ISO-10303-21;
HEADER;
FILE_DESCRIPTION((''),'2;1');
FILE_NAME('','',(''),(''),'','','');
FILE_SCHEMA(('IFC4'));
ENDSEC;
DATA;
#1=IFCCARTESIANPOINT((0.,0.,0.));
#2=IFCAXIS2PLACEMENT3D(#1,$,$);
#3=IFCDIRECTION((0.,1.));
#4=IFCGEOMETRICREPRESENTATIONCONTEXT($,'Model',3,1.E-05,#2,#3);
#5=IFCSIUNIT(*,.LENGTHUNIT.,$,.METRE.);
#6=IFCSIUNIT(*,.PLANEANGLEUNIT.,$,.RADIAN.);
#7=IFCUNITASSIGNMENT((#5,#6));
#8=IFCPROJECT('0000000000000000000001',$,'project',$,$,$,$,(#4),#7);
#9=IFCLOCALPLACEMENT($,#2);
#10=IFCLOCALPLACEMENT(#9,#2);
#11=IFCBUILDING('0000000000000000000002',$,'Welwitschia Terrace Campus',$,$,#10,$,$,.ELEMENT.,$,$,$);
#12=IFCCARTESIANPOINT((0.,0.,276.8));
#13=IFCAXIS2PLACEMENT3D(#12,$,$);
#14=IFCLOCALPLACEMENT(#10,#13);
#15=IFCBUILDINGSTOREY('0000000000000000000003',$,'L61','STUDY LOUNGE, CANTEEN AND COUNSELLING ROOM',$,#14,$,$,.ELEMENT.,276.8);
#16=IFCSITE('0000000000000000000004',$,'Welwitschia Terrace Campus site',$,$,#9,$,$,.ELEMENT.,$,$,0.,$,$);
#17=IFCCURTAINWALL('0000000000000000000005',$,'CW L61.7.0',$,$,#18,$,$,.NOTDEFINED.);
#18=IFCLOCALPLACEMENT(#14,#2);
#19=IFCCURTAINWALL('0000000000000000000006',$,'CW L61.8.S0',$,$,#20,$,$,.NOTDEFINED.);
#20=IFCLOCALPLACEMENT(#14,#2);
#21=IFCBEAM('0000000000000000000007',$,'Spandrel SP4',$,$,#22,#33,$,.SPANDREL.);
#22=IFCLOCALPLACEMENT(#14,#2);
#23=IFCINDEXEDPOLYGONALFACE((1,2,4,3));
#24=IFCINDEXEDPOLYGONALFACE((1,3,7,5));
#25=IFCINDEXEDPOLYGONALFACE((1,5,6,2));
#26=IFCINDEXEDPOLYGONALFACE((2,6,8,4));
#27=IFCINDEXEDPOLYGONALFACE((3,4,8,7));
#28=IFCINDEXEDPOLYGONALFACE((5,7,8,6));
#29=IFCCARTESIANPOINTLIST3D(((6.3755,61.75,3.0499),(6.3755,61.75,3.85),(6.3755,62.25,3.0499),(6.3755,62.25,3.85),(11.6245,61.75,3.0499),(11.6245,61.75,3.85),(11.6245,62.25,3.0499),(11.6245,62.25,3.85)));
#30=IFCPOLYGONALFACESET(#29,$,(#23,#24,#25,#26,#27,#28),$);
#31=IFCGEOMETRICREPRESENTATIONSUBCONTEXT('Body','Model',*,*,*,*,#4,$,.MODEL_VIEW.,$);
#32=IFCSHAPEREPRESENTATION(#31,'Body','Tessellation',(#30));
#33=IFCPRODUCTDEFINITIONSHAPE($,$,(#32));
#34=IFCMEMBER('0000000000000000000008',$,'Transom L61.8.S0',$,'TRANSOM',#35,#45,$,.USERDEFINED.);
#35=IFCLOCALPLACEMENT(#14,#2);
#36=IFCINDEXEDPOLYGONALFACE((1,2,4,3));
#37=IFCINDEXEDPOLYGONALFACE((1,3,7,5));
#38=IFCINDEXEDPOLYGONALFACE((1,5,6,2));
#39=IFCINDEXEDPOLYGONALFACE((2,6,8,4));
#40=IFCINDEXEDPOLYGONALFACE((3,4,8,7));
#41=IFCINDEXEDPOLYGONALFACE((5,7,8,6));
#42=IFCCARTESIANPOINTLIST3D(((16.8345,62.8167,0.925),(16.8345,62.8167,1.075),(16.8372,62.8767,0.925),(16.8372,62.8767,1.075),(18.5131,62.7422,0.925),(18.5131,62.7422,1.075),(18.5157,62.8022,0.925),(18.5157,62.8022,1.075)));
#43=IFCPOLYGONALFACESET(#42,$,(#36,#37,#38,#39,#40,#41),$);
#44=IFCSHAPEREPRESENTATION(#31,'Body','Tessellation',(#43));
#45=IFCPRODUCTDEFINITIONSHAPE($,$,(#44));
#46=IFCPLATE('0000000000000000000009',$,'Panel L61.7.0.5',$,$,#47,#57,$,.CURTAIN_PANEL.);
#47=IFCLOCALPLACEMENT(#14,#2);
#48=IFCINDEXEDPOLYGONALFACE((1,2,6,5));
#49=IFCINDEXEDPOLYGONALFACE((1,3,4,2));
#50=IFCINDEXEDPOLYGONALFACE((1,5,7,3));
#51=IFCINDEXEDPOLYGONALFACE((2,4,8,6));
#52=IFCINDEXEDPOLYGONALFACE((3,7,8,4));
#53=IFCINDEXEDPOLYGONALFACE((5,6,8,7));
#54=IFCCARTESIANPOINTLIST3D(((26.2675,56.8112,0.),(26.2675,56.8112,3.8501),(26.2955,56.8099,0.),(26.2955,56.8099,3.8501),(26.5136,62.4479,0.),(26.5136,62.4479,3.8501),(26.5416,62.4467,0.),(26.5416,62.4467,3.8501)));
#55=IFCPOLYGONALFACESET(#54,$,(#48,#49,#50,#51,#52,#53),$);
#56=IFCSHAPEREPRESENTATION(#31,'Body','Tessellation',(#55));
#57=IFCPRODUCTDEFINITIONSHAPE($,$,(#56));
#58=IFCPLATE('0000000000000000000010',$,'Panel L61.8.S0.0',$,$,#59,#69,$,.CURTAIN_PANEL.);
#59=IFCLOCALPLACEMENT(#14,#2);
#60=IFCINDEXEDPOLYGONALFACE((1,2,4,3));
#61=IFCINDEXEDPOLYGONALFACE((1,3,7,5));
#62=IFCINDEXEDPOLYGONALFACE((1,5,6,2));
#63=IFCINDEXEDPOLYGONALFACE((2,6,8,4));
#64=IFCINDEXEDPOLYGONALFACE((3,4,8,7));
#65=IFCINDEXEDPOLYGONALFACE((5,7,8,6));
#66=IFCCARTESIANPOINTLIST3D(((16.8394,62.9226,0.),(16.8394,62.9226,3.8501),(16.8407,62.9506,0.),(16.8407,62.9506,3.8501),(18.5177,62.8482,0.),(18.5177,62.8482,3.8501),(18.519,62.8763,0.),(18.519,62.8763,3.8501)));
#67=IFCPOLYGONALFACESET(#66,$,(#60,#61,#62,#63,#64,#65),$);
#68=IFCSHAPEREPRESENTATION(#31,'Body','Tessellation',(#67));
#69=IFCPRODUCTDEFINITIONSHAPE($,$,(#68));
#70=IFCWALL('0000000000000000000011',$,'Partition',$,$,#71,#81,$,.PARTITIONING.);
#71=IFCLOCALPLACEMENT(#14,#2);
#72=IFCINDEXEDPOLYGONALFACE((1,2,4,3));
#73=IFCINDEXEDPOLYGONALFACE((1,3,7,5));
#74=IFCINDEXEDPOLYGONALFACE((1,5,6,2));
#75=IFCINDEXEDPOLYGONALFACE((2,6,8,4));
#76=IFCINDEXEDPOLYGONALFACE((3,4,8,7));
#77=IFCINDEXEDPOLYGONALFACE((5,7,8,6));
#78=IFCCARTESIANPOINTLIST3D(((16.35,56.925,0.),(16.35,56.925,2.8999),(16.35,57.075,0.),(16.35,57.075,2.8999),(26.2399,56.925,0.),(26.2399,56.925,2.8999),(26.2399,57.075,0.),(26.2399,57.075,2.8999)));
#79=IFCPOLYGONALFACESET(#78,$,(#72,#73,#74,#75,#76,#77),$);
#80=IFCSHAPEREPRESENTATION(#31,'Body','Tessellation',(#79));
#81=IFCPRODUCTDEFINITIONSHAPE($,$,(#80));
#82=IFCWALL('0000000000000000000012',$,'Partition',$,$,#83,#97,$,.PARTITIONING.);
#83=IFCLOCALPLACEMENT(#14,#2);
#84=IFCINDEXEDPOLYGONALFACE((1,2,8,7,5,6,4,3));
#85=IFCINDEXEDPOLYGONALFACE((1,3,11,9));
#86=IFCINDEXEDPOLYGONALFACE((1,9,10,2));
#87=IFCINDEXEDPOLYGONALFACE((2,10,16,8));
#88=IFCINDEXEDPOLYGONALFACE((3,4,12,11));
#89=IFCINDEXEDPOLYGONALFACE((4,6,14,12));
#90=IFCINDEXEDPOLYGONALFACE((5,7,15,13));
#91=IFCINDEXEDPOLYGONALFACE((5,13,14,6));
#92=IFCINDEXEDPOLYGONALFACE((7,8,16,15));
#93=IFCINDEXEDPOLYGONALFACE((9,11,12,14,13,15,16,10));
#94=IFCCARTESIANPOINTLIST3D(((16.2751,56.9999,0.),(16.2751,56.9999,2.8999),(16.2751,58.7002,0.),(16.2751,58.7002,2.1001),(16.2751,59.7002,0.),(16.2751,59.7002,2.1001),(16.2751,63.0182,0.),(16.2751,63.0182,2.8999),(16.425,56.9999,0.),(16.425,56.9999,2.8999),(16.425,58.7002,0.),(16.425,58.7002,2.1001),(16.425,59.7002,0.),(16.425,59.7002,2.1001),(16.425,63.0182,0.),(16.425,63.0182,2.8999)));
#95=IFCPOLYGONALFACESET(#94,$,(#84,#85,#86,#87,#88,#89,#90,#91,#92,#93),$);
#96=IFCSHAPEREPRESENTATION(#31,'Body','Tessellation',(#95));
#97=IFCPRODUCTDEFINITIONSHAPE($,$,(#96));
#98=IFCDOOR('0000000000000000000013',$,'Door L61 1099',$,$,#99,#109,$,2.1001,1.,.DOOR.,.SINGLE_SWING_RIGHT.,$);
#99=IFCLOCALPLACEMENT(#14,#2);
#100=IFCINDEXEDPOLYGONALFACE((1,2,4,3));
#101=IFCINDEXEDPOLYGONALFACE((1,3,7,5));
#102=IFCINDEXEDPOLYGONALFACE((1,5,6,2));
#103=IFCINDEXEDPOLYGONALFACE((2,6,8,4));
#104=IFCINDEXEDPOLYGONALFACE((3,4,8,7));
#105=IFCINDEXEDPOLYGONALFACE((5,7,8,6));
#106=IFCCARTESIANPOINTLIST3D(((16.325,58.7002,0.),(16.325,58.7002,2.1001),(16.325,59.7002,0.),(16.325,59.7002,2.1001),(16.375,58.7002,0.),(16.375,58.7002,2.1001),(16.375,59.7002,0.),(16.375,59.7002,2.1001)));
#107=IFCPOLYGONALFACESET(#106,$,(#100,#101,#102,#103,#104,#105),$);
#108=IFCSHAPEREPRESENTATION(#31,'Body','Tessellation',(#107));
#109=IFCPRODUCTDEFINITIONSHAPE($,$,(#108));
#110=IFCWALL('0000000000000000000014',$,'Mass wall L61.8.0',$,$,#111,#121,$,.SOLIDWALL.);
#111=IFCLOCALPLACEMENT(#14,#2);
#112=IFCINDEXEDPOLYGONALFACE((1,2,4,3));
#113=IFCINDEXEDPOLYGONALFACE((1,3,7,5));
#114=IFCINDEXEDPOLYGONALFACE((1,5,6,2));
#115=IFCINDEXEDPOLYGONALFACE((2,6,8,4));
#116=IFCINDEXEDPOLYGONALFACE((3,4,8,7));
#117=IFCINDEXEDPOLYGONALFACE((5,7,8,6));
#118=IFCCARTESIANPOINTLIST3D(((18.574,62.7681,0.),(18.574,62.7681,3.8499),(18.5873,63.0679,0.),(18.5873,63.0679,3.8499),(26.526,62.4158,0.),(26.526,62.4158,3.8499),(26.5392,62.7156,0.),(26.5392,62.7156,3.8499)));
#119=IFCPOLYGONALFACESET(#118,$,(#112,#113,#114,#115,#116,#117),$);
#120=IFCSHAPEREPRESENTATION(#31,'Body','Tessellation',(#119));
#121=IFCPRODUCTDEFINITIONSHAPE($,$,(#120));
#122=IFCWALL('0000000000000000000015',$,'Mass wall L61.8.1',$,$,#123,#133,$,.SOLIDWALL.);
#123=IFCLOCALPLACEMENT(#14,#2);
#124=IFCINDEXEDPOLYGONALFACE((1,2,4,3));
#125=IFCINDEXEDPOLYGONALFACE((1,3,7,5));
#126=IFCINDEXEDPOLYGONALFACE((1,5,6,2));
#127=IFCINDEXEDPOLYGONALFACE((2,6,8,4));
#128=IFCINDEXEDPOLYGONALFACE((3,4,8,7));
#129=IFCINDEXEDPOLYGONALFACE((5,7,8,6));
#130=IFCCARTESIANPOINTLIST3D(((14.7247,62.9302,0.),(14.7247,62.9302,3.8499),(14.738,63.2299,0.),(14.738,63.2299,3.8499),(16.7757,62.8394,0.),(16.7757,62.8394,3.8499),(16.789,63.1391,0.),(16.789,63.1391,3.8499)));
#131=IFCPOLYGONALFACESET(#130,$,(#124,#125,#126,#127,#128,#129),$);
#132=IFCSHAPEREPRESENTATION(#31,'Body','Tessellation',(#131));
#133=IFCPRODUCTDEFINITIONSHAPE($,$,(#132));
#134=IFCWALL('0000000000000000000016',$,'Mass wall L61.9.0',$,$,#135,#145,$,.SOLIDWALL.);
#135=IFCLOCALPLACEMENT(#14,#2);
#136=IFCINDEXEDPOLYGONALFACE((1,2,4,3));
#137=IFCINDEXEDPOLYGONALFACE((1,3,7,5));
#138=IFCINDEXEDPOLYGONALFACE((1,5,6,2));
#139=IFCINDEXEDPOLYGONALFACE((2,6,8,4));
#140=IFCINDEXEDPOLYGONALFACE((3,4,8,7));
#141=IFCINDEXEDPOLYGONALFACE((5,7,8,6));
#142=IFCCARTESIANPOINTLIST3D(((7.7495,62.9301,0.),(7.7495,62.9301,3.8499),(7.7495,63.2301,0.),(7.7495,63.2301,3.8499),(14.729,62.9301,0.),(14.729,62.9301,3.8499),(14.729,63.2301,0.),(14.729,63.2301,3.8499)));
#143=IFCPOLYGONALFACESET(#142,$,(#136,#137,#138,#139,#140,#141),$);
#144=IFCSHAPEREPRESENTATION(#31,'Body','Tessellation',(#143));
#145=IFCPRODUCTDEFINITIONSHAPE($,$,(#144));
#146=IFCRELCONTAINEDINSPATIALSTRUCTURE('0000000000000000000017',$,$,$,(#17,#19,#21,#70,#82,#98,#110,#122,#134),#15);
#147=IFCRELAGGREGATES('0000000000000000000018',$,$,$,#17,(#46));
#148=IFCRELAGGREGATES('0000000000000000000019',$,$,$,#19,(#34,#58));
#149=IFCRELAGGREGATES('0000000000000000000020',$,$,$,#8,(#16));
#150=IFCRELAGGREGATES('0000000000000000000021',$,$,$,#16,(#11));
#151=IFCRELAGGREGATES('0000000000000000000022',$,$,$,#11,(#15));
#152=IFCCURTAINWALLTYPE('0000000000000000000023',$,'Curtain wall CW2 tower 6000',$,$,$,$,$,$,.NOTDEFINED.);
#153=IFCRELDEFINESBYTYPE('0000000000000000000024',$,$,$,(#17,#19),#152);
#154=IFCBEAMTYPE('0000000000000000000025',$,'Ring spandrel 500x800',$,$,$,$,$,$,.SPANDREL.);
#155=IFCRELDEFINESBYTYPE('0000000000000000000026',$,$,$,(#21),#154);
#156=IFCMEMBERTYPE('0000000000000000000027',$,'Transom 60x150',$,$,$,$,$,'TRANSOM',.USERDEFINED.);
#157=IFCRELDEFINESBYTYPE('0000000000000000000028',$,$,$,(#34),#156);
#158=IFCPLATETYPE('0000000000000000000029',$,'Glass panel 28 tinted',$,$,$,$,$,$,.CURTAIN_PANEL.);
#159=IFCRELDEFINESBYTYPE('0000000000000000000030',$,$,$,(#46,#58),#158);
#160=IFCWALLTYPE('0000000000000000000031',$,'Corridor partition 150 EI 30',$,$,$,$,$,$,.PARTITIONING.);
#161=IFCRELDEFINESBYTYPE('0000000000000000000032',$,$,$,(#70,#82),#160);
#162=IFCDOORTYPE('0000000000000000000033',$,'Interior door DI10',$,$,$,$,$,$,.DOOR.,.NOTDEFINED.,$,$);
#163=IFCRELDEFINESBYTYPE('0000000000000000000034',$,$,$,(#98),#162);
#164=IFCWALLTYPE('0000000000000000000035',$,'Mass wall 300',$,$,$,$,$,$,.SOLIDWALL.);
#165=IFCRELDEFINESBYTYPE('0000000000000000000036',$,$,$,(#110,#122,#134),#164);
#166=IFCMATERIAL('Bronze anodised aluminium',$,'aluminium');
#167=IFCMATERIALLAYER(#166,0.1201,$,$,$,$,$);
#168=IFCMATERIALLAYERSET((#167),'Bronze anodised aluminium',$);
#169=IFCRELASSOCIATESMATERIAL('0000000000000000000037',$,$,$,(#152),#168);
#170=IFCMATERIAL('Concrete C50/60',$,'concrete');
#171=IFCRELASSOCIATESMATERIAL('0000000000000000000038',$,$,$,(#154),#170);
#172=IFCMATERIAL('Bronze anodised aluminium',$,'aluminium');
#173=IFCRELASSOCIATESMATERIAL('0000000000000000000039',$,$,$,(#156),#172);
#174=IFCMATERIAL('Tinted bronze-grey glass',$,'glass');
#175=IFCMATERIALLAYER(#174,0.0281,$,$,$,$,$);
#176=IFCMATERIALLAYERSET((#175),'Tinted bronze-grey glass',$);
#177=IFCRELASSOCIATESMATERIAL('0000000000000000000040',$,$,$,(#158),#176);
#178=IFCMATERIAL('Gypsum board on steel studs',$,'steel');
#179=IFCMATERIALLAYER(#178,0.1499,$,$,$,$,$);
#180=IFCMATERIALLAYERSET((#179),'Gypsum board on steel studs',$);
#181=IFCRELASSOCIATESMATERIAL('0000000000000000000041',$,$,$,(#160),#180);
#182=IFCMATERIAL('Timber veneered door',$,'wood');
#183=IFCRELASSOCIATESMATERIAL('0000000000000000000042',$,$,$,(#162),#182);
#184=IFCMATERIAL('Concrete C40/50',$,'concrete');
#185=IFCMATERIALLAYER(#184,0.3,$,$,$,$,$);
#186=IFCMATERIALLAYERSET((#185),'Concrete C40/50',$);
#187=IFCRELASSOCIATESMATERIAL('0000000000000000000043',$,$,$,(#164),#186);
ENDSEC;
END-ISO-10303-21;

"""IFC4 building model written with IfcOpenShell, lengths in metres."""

from ifc_helpers import new_model, si_unit, direction, frame, frame_2d, origin, origin_2d, place, context, subcontext, project, spatial, rectangle, extrude, material, layer, layer_set, material_profile, profile_set, type_object, element, fill, aggregate, save


model = new_model("IFC4")

# Units and contexts
model_context = context("Model", 3, precision=1e-05, world=origin(), true_north=direction((0.0, 1.0)))
body_context = subcontext(model_context, "Body", "Model", "MODEL_VIEW")
ifc_project = project(units=[si_unit("LENGTHUNIT", "METRE"), si_unit("PLANEANGLEUNIT", "RADIAN")], contexts=[model_context])

# Site, building, storey
site_placement = place(None, origin())
site = spatial("IfcSite", under=ifc_project, at=site_placement, Name="Welwitschia Terrace Campus site", CompositionType="ELEMENT", RefElevation=0.0)
building_placement = place(site_placement, origin())
building = spatial("IfcBuilding", under=site, at=building_placement, Name="Welwitschia Terrace Campus", CompositionType="ELEMENT")
storey_placement = place(building_placement, frame((0.0, 0.0, 276.8)))
storey = spatial("IfcBuildingStorey", under=building, at=storey_placement, Name="L61", Description="STUDY LOUNGE, CANTEEN AND COUNSELLING ROOM", CompositionType="ELEMENT", Elevation=276.8)

# Curtain wall
ifc_material_1 = material(Name="Bronze anodised aluminium", Category="aluminium")
ifc_layer_1 = layer(ifc_material_1, 0.1201)
ifc_layer_set_1 = layer_set([ifc_layer_1], Name="Bronze anodised aluminium")
curtain_wall_type = type_object("IfcCurtainWallType", Name="Curtain wall CW2 tower 6000", PredefinedType="NOTDEFINED", material=ifc_layer_set_1)
curtain_wall_1_placement = place(storey_placement, origin())
curtain_wall_1 = element("IfcCurtainWall", 1, at=curtain_wall_1_placement, inside=storey, type_object=curtain_wall_type, Name="CW L61.7.0", PredefinedType="NOTDEFINED")

# Curtain wall
curtain_wall_2_placement = place(storey_placement, origin())
curtain_wall_2 = element("IfcCurtainWall", 2, at=curtain_wall_2_placement, inside=storey, type_object=curtain_wall_type, Name="CW L61.8.S0", PredefinedType="NOTDEFINED")

# Beam
ifc_material_2 = material(Name="Concrete C50/60", Category="concrete")
ifc_material_profile_1 = material_profile(ifc_material_2, rectangle(XDim=0.5, YDim=0.8, at=origin_2d()))
ifc_profile_set_1 = profile_set([ifc_material_profile_1], Name="Concrete C50/60")
beam_type_1 = type_object("IfcBeamType", Name="Ring spandrel 500x800", PredefinedType="SPANDREL", material=ifc_profile_set_1)
for number, where, z_axis, x_axis, name in (
    (3, (11.6245, 62.0, 3.45), (-1.0, 0.0, 0.0), (0.0, -1.0, 0.0), "Spandrel SP4"),
):
    element("IfcBeam", number, at=place(storey_placement, frame(where, z_axis=z_axis, x_axis=x_axis)), inside=storey, type_object=beam_type_1, Name=name, PredefinedType="SPANDREL", context=body_context, shape_type="SweptSolid", body=[
        extrude(rectangle(XDim=0.5, YDim=0.8, at=origin_2d()), origin(), (0.0, 0.0, 1.0), 5.249),
    ])

# Member
ifc_material_3 = material(Name="Bronze anodised aluminium", Category="aluminium")
ifc_material_profile_2 = material_profile(ifc_material_3, rectangle(XDim=0.0601, YDim=0.1499, at=origin_2d()))
ifc_profile_set_2 = profile_set([ifc_material_profile_2], Name="Bronze anodised aluminium")
member_type_1 = type_object("IfcMemberType", Name="Transom 60x150", ElementType="TRANSOM", PredefinedType="USERDEFINED", material=ifc_profile_set_2)
member_1_placement = place(storey_placement, frame((18.5144, 62.7722, 1.0), z_axis=(-0.999017, 0.04432, 0.0), x_axis=(-0.04432, -0.999017, 0.0)))
member_1 = element("IfcMember", 4, at=member_1_placement, type_object=member_type_1, Name="Transom L61.8.S0", ObjectType="TRANSOM", PredefinedType="USERDEFINED", context=body_context, shape_type="SweptSolid", body=[
    extrude(rectangle(XDim=0.0601, YDim=0.1499, at=origin_2d()), origin(), (0.0, 0.0, 1.0), 1.6802),
])

# Plates
ifc_material_4 = material(Name="Tinted bronze-grey glass", Category="glass")
ifc_layer_2 = layer(ifc_material_4, 0.0281)
ifc_layer_set_2 = layer_set([ifc_layer_2], Name="Tinted bronze-grey glass")
plate_type = type_object("IfcPlateType", Name="Glass panel 28 tinted", PredefinedType="CURTAIN_PANEL", material=ifc_layer_set_2)
plate_1_placement = place(storey_placement, frame((26.4045, 59.6289, 0.0), z_axis=(0.0, 0.0, 1.0), x_axis=(0.043619, 0.999048, 0.0)))
plate_1 = element("IfcPlate", 5, at=plate_1_placement, type_object=plate_type, Name="Panel L61.7.0.5", PredefinedType="CURTAIN_PANEL", context=body_context, shape_type="SweptSolid", body=[
    extrude(rectangle(XDim=5.6421, YDim=0.0281, at=origin_2d()), origin(), (0.0, 0.0, 1.0), 3.8501),
])
aggregate(curtain_wall_1, [plate_1])
plate_2_placement = place(storey_placement, frame((17.6792, 62.8994, 0.0), z_axis=(0.0, 0.0, 1.0), x_axis=(-0.99902, 0.044259, 0.0)))
plate_2 = element("IfcPlate", 6, at=plate_2_placement, type_object=plate_type, Name="Panel L61.8.S0.0", PredefinedType="CURTAIN_PANEL", context=body_context, shape_type="SweptSolid", body=[
    extrude(rectangle(XDim=1.6799, YDim=0.0281, at=origin_2d()), origin(), (0.0, 0.0, 1.0), 3.8501),
])
aggregate(curtain_wall_2, [member_1, plate_2])

# Wall
ifc_material_5 = material(Name="Gypsum board on steel studs", Category="steel")
ifc_layer_3 = layer(ifc_material_5, 0.1499)
ifc_layer_set_3 = layer_set([ifc_layer_3], Name="Gypsum board on steel studs")
wall_type_1 = type_object("IfcWallType", Name="Corridor partition 150 EI 30", PredefinedType="PARTITIONING", material=ifc_layer_set_3)
wall_1_placement = place(storey_placement, frame((16.3501, 57.0, 0.0), z_axis=(0.0, 0.0, 1.0), x_axis=(1.0, 0.0, 0.0)))
element("IfcWall", 7, at=wall_1_placement, inside=storey, type_object=wall_type_1, Name="Partition", PredefinedType="PARTITIONING", context=body_context, shape_type="SweptSolid", body=[
    extrude(rectangle(XDim=9.8899, YDim=0.1499, at=frame_2d((4.9448, 0.0))), origin(), (0.0, 0.0, 1.0), 2.8999),
])

# Wall, opening, door
wall_2_placement = place(storey_placement, frame((16.3501, 63.0183, 0.0), z_axis=(0.0, 0.0, 1.0), x_axis=(0.0, -1.0, 0.0)))
wall_2 = element("IfcWall", 8, at=wall_2_placement, inside=storey, type_object=wall_type_1, Name="Partition", PredefinedType="PARTITIONING", context=body_context, shape_type="SweptSolid", body=[
    extrude(rectangle(XDim=6.0183, YDim=0.1499, at=frame_2d((3.0093, 0.0))), origin(), (0.0, 0.0, 1.0), 2.8999),
])
opening_placement = place(wall_2_placement, frame((3.3181, 0.0, 0.0)))
opening = element("IfcOpeningElement", 9, at=opening_placement, cuts=wall_2, PredefinedType="OPENING", context=body_context, shape_type="SweptSolid", body=[
    extrude(rectangle(XDim=1.0, YDim=2.1001, at=frame_2d((0.5, 1.05))), frame((0.0, 0.085, 0.0), z_axis=(0.0, -1.0, 0.0), x_axis=(1.0, 0.0, 0.0)), (0.0, 0.0, 1.0), 0.1699),
])
ifc_material_6 = material(Name="Timber veneered door", Category="wood")
door_type = type_object("IfcDoorType", Name="Interior door DI10", OperationType="NOTDEFINED", PredefinedType="DOOR", material=ifc_material_6)
door_placement = place(opening_placement, origin())
door = element("IfcDoor", 10, at=door_placement, inside=storey, type_object=door_type, Name="Door L61 1099", OperationType="SINGLE_SWING_RIGHT", OverallHeight=2.1001, OverallWidth=1.0, PredefinedType="DOOR", context=body_context, shape_type="SweptSolid", body=[
    extrude(rectangle(XDim=1.0, YDim=2.1001, at=frame_2d((0.5, 1.05))), frame((0.0, 0.0249, 0.0), z_axis=(0.0, -1.0, 0.0), x_axis=(1.0, 0.0, 0.0)), (0.0, 0.0, 1.0), 0.05),
])
fill(opening, door)

# Walls
ifc_material_7 = material(Name="Concrete C40/50", Category="concrete")
ifc_layer_4 = layer(ifc_material_7, 0.3)
ifc_layer_set_4 = layer_set([ifc_layer_4], Name="Concrete C40/50")
wall_type_2 = type_object("IfcWallType", Name="Mass wall 300", PredefinedType="SOLIDWALL", material=ifc_layer_set_4)
wall_3_placement = place(storey_placement, frame((26.5327, 62.5657, 0.0), z_axis=(0.0, 0.0, 1.0), x_axis=(-0.99902, 0.04426, 0.0)))
element("IfcWall", 11, at=wall_3_placement, inside=storey, type_object=wall_type_2, Name="Mass wall L61.8.0", PredefinedType="SOLIDWALL", context=body_context, shape_type="SweptSolid", body=[
    extrude(rectangle(XDim=7.9597, YDim=0.3, at=frame_2d((3.98, 0.0))), origin(), (0.0, 0.0, 1.0), 3.8499),
])
wall_4_placement = place(storey_placement, frame((16.7822, 62.9893, 0.0), z_axis=(0.0, 0.0, 1.0), x_axis=(-0.999021, 0.044237, 0.0)))
element("IfcWall", 12, at=wall_4_placement, inside=storey, type_object=wall_type_2, Name="Mass wall L61.8.1", PredefinedType="SOLIDWALL", context=body_context, shape_type="SweptSolid", body=[
    extrude(rectangle(XDim=2.053, YDim=0.3, at=frame_2d((1.0264, 0.0))), origin(), (0.0, 0.0, 1.0), 3.8499),
])
wall_5_placement = place(storey_placement, frame((14.729, 63.0801, 0.0), z_axis=(0.0, 0.0, 1.0), x_axis=(-1.0, 0.0, 0.0)))
element("IfcWall", 13, at=wall_5_placement, inside=storey, type_object=wall_type_2, Name="Mass wall L61.9.0", PredefinedType="SOLIDWALL", context=body_context, shape_type="SweptSolid", body=[
    extrude(rectangle(XDim=6.9795, YDim=0.3, at=frame_2d((3.4897, 0.0))), origin(), (0.0, 0.0, 1.0), 3.8499),
])

save(model, "model.ifc")
